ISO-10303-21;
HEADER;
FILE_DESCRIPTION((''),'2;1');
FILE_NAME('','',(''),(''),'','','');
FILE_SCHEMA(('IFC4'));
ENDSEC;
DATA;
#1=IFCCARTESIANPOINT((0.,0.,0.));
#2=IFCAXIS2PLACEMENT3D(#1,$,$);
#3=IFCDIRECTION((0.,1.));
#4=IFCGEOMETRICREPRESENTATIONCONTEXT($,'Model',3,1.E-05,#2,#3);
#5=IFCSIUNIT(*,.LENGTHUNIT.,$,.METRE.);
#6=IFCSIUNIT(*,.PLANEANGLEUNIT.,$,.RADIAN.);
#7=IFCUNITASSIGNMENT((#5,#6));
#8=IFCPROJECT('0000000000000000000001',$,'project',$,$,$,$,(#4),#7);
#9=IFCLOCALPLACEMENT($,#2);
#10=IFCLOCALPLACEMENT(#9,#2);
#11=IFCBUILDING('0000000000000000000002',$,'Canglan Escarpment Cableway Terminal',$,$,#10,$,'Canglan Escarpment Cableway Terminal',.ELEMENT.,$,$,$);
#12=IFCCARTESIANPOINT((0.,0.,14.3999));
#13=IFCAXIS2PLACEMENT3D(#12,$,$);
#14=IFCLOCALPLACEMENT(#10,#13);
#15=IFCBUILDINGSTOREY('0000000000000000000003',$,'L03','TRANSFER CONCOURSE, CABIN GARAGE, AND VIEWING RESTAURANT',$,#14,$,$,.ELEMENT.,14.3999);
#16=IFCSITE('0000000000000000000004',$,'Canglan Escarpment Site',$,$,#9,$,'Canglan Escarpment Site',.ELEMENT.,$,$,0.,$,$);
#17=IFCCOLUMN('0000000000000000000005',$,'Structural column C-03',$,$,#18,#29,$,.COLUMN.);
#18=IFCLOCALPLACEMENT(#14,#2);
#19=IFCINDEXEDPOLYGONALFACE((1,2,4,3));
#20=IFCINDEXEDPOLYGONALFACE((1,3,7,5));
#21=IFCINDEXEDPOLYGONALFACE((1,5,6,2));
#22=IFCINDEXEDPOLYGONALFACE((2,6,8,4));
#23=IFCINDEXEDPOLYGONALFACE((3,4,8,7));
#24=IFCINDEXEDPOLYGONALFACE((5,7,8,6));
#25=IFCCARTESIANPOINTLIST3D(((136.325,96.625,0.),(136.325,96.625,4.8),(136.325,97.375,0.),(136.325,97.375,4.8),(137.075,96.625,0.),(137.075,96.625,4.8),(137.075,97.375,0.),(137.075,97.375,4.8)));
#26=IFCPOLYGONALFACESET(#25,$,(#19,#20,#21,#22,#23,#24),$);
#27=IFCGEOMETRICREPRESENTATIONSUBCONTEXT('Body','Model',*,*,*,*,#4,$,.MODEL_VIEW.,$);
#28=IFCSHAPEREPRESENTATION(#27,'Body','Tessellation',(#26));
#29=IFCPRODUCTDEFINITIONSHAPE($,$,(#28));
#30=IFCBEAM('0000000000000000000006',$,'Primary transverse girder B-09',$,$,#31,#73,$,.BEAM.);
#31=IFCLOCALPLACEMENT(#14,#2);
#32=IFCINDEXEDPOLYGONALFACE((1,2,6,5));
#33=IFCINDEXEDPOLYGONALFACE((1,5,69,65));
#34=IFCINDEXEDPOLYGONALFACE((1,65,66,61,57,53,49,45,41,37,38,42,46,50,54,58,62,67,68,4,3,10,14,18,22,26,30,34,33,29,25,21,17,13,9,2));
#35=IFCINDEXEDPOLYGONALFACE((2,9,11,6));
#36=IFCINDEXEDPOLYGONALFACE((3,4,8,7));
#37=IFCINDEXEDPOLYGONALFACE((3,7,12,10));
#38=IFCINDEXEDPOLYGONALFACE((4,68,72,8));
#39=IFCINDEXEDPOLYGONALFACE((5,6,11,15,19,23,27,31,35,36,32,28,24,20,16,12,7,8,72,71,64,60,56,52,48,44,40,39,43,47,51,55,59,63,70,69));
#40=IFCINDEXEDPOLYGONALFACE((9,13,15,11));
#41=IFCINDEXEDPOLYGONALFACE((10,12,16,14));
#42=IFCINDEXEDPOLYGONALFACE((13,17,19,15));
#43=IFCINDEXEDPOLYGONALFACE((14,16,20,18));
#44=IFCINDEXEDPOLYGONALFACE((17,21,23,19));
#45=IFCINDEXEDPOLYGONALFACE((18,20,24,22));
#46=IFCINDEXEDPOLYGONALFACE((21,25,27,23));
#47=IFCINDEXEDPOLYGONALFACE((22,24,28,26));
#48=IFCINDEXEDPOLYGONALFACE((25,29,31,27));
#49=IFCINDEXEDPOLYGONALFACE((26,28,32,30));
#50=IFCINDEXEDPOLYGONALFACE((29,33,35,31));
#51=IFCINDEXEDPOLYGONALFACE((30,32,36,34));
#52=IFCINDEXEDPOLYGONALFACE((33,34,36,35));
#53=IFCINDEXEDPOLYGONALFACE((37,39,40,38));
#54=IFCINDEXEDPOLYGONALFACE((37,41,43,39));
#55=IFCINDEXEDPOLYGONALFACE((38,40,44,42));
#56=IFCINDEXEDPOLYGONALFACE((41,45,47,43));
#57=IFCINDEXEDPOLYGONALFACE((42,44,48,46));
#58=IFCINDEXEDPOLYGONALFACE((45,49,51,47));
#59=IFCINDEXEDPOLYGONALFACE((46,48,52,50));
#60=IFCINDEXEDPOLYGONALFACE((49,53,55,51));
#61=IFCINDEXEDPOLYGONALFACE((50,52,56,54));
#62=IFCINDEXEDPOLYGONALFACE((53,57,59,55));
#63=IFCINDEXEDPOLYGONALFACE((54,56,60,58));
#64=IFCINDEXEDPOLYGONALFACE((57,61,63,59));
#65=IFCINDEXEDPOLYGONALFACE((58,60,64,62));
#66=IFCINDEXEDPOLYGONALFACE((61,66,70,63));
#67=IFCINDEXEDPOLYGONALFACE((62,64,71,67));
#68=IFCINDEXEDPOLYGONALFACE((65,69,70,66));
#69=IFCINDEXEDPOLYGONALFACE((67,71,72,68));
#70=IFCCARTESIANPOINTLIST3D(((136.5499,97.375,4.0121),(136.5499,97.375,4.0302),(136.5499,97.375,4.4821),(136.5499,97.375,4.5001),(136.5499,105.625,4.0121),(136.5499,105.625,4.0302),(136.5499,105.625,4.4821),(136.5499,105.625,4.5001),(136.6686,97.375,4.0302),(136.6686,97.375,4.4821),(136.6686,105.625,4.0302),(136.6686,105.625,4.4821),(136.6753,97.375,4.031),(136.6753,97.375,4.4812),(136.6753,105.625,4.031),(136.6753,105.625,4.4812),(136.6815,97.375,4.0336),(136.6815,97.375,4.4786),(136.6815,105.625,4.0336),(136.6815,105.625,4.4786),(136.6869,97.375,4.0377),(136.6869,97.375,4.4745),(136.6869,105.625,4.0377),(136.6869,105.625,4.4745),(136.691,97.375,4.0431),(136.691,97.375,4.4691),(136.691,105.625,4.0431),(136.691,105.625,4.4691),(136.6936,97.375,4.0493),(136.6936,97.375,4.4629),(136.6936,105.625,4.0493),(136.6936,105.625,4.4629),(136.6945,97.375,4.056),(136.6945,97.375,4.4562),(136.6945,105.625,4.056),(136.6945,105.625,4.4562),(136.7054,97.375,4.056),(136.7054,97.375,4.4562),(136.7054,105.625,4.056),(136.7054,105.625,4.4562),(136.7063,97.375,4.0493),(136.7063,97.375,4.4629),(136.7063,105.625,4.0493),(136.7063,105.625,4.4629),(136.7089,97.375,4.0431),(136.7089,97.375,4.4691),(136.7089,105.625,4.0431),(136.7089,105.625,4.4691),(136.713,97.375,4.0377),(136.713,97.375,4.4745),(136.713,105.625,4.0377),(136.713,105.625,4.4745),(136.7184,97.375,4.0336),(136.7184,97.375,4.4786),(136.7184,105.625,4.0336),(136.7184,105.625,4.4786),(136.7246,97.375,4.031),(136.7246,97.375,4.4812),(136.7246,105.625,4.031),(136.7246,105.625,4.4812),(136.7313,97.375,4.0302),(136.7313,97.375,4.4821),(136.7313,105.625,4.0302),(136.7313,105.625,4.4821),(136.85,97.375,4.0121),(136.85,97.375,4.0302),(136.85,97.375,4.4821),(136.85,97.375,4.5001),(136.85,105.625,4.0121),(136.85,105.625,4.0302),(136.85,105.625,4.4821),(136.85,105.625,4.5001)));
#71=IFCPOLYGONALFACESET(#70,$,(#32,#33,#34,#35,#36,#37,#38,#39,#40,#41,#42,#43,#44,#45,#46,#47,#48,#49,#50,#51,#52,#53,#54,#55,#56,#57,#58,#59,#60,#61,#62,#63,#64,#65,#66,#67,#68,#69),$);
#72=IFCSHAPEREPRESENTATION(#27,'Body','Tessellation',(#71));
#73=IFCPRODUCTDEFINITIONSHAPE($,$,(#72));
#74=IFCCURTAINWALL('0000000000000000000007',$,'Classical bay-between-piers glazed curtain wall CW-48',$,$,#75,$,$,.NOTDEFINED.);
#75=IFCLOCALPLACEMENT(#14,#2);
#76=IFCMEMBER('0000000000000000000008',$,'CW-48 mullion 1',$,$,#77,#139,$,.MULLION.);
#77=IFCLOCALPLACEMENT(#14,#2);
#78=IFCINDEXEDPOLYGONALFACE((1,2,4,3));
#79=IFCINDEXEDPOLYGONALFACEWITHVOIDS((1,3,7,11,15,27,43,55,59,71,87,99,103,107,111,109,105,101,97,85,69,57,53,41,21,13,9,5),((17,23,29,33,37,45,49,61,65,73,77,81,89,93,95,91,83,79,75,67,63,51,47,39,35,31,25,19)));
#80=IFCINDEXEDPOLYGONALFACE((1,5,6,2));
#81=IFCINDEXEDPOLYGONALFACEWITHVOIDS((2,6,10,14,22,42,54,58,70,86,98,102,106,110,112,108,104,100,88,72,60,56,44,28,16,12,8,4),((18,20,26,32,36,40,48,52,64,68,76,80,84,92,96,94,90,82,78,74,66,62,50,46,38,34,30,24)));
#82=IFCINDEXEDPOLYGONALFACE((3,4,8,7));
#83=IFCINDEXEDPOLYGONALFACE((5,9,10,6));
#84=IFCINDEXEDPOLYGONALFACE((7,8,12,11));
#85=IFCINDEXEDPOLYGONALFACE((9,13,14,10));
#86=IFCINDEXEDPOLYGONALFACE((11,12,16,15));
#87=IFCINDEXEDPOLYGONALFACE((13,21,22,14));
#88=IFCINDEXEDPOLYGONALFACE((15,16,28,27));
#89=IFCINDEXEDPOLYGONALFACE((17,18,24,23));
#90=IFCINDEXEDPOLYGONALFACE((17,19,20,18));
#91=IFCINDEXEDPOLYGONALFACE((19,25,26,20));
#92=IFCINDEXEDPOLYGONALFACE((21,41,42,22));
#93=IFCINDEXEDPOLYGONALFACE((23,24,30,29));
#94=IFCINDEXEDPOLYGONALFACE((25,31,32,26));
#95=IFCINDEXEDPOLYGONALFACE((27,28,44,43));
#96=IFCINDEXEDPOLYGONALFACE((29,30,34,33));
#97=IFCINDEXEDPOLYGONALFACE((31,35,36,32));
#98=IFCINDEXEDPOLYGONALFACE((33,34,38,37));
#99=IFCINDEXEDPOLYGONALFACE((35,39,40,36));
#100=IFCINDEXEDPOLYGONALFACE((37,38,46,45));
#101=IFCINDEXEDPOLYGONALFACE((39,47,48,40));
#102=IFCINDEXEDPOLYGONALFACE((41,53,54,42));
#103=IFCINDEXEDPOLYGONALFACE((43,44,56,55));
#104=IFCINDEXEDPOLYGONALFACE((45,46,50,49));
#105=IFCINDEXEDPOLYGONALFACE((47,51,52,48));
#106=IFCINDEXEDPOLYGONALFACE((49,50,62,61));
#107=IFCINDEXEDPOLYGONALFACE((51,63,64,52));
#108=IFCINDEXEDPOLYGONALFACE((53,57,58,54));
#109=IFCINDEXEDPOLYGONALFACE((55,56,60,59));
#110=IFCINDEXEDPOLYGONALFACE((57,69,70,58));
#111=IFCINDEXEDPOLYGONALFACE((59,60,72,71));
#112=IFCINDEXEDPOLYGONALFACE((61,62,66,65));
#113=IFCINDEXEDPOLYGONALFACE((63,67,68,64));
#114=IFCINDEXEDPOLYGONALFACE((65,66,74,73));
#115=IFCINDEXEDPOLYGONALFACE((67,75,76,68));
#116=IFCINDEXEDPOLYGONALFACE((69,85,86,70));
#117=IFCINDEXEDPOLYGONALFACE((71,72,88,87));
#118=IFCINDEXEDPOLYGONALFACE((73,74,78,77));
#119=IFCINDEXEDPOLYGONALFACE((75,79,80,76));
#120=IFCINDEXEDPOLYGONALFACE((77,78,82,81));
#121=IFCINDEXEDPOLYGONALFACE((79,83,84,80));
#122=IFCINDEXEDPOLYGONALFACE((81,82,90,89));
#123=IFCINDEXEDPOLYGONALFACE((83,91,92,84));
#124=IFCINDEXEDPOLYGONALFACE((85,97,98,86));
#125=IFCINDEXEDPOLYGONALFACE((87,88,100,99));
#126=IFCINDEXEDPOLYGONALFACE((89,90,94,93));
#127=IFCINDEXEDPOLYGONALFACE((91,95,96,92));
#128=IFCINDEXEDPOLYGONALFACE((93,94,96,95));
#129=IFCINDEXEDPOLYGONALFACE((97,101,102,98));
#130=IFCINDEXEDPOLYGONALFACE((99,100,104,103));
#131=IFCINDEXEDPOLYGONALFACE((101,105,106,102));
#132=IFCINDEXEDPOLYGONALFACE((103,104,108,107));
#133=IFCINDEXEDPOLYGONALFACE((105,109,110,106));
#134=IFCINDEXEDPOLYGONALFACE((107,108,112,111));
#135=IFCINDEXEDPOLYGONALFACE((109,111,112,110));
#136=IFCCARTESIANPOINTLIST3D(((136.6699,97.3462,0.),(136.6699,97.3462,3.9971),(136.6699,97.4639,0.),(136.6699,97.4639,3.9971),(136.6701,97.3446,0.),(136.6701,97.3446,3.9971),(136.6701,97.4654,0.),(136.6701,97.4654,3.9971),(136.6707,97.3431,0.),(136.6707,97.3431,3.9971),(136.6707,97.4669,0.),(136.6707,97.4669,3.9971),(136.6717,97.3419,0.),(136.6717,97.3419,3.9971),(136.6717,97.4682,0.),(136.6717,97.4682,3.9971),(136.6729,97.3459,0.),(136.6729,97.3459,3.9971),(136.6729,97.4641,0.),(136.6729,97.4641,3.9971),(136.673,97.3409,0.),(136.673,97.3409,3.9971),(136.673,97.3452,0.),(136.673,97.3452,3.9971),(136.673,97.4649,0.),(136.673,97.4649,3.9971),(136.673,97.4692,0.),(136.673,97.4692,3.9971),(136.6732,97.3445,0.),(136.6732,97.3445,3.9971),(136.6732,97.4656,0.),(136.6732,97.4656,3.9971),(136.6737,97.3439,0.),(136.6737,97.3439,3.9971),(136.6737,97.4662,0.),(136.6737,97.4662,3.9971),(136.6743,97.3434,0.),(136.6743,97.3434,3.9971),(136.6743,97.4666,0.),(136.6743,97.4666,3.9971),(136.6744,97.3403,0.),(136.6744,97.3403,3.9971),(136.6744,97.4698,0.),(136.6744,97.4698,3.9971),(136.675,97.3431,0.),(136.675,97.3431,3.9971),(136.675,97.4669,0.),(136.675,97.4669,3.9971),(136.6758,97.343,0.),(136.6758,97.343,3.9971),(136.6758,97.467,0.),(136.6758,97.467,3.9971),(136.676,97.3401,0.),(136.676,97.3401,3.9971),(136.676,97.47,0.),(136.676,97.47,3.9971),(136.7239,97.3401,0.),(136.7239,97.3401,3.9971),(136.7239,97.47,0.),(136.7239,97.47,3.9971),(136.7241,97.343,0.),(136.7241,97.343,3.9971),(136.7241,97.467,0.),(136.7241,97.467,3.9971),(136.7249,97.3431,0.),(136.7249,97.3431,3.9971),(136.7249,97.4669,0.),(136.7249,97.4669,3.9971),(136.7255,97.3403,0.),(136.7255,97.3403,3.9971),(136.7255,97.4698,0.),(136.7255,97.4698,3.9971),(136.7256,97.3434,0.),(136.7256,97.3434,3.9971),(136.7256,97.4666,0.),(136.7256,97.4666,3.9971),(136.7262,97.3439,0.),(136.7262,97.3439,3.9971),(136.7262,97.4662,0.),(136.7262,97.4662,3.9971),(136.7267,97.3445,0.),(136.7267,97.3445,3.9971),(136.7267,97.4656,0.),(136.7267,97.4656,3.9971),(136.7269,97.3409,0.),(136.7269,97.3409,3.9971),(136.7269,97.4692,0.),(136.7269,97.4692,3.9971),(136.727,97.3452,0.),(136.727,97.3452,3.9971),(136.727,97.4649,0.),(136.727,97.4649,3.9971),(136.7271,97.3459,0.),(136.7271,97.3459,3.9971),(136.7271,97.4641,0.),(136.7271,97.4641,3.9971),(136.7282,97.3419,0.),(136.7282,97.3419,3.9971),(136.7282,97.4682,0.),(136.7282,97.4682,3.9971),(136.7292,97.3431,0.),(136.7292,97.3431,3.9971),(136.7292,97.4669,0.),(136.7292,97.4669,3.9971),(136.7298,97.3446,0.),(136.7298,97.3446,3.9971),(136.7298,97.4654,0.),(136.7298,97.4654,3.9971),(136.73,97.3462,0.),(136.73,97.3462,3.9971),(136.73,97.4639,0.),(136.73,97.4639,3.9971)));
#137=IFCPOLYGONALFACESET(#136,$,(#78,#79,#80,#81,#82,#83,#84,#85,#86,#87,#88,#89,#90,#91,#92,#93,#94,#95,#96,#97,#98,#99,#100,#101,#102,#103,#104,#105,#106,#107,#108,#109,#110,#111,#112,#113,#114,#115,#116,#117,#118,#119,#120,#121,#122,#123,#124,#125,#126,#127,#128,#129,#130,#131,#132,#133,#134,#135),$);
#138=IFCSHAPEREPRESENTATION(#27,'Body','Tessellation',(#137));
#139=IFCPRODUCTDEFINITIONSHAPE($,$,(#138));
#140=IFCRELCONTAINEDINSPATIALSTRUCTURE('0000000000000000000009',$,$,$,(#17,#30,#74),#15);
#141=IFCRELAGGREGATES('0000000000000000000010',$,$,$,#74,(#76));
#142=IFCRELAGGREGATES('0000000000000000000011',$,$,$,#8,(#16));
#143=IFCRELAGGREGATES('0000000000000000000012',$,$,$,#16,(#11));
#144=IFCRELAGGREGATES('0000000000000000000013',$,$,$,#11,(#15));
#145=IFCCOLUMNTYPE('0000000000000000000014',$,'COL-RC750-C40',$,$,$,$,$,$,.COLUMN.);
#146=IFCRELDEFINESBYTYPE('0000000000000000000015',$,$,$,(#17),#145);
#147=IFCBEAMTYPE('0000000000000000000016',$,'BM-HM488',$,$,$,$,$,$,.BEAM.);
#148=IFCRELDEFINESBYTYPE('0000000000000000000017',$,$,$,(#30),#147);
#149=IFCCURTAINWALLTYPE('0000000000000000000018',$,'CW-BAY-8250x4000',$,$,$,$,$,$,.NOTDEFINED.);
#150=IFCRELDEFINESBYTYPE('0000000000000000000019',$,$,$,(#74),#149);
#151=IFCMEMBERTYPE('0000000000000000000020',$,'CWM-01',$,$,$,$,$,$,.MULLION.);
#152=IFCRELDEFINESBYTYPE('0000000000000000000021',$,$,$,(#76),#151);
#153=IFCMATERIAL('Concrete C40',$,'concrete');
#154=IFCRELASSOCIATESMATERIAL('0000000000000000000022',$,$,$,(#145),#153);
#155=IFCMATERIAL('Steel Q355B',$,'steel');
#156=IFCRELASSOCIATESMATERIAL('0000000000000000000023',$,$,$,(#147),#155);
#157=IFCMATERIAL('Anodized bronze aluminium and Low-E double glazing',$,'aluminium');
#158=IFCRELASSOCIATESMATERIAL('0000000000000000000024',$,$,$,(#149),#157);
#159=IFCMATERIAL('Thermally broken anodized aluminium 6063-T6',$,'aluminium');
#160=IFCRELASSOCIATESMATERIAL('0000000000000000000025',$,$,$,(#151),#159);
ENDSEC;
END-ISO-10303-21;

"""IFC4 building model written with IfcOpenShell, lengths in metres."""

from ifc_helpers import new_model, si_unit, direction, frame, origin, origin_2d, place, context, subcontext, project, spatial, rectangle, hollow_rectangle, i_section, extrude, material, material_profile, profile_set, type_object, element, aggregate, save


model = new_model("IFC4")

# Units and contexts
model_context = context("Model", 3, precision=1e-05, world=origin(), true_north=direction((0.0, 1.0)))
body_context = subcontext(model_context, "Body", "Model", "MODEL_VIEW")
ifc_project = project(units=[si_unit("LENGTHUNIT", "METRE"), si_unit("PLANEANGLEUNIT", "RADIAN")], contexts=[model_context])

# Site, building, storey
site_placement = place(None, origin())
site = spatial("IfcSite", under=ifc_project, at=site_placement, Name="Canglan Escarpment Site", LongName="Canglan Escarpment Site", CompositionType="ELEMENT", RefElevation=0.0)
building_placement = place(site_placement, origin())
building = spatial("IfcBuilding", under=site, at=building_placement, Name="Canglan Escarpment Cableway Terminal", LongName="Canglan Escarpment Cableway Terminal", CompositionType="ELEMENT")
storey_placement = place(building_placement, frame((0.0, 0.0, 14.3999)))
storey = spatial("IfcBuildingStorey", under=building, at=storey_placement, Name="L03", Description="TRANSFER CONCOURSE, CABIN GARAGE, AND VIEWING RESTAURANT", CompositionType="ELEMENT", Elevation=14.3999)

# Column
ifc_material_1 = material(Name="Concrete C40", Category="concrete")
ifc_material_profile_1 = material_profile(ifc_material_1, rectangle(XDim=0.75, YDim=0.75, at=origin_2d()), Name="RC 750x750")
ifc_profile_set_1 = profile_set([ifc_material_profile_1], Name="Concrete C40")
column_type = type_object("IfcColumnType", Name="COL-RC750-C40", PredefinedType="COLUMN", material=ifc_profile_set_1)
column_placement = place(storey_placement, frame((136.7, 97.0, 0.0), z_axis=(0.0, 0.0, 1.0), x_axis=(1.0, 0.0, 0.0)))
element("IfcColumn", 1, at=column_placement, inside=storey, type_object=column_type, Name="Structural column C-03", PredefinedType="COLUMN", context=body_context, shape_type="SweptSolid", body=[
    extrude(rectangle(XDim=0.75, YDim=0.75, at=origin_2d()), origin(), (0.0, 0.0, 1.0), 4.8),
])

# Beam
ifc_material_2 = material(Name="Steel Q355B", Category="steel")
ifc_material_profile_2 = material_profile(ifc_material_2, i_section(OverallWidth=0.3, OverallDepth=0.488, WebThickness=0.011, FlangeThickness=0.0181, FilletRadius=0.0259, at=origin_2d()), Name="HM 488x300x11x18")
ifc_profile_set_2 = profile_set([ifc_material_profile_2], Name="Steel Q355B")
beam_type = type_object("IfcBeamType", Name="BM-HM488", PredefinedType="BEAM", material=ifc_profile_set_2)
beam_placement = place(storey_placement, frame((136.7, 97.375, 4.2561), z_axis=(0.0, 1.0, 0.0), x_axis=(-1.0, 0.0, 0.0)))
element("IfcBeam", 2, at=beam_placement, inside=storey, type_object=beam_type, Name="Primary transverse girder B-09", PredefinedType="BEAM", context=body_context, shape_type="SweptSolid", body=[
    extrude(i_section(OverallWidth=0.3, OverallDepth=0.488, WebThickness=0.011, FlangeThickness=0.0181, FilletRadius=0.0259, at=origin_2d()), origin(), (0.0, 0.0, 1.0), 8.25),
])

# Curtain wall, member
ifc_material_3 = material(Name="Anodized bronze aluminium and Low-E double glazing", Category="aluminium")
curtain_wall_type_1 = type_object("IfcCurtainWallType", Name="CW-BAY-8250x4000", PredefinedType="NOTDEFINED", material=ifc_material_3)
curtain_wall_1_placement = place(storey_placement, origin())
curtain_wall_1 = element("IfcCurtainWall", 3, at=curtain_wall_1_placement, inside=storey, type_object=curtain_wall_type_1, Name="Classical bay-between-piers glazed curtain wall CW-48", PredefinedType="NOTDEFINED")
ifc_material_4 = material(Name="Thermally broken anodized aluminium 6063-T6", Category="aluminium")
ifc_material_profile_3 = material_profile(ifc_material_4, hollow_rectangle(XDim=0.0601, YDim=0.1299, WallThickness=0.0029, InnerFilletRadius=0.0029, OuterFilletRadius=0.0061, at=origin_2d()), Name="ALU-MULL 60x130x3")
ifc_profile_set_3 = profile_set([ifc_material_profile_3], Name="Thermally broken anodized aluminium 6063-T6")
member_type_1 = type_object("IfcMemberType", Name="CWM-01", PredefinedType="MULLION", material=ifc_profile_set_3)
member_1_placement = place(storey_placement, frame((136.7, 97.405, 0.0), z_axis=(0.0, 0.0, 1.0), x_axis=(-1.0, 0.0, 0.0)))
member_1 = element("IfcMember", 4, at=member_1_placement, type_object=member_type_1, Name="CW-48 mullion 1", PredefinedType="MULLION", context=body_context, shape_type="SweptSolid", body=[
    extrude(hollow_rectangle(XDim=0.0601, YDim=0.1299, WallThickness=0.0029, InnerFilletRadius=0.0029, OuterFilletRadius=0.0061, at=origin_2d()), origin(), (0.0, 0.0, 1.0), 3.9971),
])

aggregate(curtain_wall_1, [member_1])

save(model, "model.ifc")
